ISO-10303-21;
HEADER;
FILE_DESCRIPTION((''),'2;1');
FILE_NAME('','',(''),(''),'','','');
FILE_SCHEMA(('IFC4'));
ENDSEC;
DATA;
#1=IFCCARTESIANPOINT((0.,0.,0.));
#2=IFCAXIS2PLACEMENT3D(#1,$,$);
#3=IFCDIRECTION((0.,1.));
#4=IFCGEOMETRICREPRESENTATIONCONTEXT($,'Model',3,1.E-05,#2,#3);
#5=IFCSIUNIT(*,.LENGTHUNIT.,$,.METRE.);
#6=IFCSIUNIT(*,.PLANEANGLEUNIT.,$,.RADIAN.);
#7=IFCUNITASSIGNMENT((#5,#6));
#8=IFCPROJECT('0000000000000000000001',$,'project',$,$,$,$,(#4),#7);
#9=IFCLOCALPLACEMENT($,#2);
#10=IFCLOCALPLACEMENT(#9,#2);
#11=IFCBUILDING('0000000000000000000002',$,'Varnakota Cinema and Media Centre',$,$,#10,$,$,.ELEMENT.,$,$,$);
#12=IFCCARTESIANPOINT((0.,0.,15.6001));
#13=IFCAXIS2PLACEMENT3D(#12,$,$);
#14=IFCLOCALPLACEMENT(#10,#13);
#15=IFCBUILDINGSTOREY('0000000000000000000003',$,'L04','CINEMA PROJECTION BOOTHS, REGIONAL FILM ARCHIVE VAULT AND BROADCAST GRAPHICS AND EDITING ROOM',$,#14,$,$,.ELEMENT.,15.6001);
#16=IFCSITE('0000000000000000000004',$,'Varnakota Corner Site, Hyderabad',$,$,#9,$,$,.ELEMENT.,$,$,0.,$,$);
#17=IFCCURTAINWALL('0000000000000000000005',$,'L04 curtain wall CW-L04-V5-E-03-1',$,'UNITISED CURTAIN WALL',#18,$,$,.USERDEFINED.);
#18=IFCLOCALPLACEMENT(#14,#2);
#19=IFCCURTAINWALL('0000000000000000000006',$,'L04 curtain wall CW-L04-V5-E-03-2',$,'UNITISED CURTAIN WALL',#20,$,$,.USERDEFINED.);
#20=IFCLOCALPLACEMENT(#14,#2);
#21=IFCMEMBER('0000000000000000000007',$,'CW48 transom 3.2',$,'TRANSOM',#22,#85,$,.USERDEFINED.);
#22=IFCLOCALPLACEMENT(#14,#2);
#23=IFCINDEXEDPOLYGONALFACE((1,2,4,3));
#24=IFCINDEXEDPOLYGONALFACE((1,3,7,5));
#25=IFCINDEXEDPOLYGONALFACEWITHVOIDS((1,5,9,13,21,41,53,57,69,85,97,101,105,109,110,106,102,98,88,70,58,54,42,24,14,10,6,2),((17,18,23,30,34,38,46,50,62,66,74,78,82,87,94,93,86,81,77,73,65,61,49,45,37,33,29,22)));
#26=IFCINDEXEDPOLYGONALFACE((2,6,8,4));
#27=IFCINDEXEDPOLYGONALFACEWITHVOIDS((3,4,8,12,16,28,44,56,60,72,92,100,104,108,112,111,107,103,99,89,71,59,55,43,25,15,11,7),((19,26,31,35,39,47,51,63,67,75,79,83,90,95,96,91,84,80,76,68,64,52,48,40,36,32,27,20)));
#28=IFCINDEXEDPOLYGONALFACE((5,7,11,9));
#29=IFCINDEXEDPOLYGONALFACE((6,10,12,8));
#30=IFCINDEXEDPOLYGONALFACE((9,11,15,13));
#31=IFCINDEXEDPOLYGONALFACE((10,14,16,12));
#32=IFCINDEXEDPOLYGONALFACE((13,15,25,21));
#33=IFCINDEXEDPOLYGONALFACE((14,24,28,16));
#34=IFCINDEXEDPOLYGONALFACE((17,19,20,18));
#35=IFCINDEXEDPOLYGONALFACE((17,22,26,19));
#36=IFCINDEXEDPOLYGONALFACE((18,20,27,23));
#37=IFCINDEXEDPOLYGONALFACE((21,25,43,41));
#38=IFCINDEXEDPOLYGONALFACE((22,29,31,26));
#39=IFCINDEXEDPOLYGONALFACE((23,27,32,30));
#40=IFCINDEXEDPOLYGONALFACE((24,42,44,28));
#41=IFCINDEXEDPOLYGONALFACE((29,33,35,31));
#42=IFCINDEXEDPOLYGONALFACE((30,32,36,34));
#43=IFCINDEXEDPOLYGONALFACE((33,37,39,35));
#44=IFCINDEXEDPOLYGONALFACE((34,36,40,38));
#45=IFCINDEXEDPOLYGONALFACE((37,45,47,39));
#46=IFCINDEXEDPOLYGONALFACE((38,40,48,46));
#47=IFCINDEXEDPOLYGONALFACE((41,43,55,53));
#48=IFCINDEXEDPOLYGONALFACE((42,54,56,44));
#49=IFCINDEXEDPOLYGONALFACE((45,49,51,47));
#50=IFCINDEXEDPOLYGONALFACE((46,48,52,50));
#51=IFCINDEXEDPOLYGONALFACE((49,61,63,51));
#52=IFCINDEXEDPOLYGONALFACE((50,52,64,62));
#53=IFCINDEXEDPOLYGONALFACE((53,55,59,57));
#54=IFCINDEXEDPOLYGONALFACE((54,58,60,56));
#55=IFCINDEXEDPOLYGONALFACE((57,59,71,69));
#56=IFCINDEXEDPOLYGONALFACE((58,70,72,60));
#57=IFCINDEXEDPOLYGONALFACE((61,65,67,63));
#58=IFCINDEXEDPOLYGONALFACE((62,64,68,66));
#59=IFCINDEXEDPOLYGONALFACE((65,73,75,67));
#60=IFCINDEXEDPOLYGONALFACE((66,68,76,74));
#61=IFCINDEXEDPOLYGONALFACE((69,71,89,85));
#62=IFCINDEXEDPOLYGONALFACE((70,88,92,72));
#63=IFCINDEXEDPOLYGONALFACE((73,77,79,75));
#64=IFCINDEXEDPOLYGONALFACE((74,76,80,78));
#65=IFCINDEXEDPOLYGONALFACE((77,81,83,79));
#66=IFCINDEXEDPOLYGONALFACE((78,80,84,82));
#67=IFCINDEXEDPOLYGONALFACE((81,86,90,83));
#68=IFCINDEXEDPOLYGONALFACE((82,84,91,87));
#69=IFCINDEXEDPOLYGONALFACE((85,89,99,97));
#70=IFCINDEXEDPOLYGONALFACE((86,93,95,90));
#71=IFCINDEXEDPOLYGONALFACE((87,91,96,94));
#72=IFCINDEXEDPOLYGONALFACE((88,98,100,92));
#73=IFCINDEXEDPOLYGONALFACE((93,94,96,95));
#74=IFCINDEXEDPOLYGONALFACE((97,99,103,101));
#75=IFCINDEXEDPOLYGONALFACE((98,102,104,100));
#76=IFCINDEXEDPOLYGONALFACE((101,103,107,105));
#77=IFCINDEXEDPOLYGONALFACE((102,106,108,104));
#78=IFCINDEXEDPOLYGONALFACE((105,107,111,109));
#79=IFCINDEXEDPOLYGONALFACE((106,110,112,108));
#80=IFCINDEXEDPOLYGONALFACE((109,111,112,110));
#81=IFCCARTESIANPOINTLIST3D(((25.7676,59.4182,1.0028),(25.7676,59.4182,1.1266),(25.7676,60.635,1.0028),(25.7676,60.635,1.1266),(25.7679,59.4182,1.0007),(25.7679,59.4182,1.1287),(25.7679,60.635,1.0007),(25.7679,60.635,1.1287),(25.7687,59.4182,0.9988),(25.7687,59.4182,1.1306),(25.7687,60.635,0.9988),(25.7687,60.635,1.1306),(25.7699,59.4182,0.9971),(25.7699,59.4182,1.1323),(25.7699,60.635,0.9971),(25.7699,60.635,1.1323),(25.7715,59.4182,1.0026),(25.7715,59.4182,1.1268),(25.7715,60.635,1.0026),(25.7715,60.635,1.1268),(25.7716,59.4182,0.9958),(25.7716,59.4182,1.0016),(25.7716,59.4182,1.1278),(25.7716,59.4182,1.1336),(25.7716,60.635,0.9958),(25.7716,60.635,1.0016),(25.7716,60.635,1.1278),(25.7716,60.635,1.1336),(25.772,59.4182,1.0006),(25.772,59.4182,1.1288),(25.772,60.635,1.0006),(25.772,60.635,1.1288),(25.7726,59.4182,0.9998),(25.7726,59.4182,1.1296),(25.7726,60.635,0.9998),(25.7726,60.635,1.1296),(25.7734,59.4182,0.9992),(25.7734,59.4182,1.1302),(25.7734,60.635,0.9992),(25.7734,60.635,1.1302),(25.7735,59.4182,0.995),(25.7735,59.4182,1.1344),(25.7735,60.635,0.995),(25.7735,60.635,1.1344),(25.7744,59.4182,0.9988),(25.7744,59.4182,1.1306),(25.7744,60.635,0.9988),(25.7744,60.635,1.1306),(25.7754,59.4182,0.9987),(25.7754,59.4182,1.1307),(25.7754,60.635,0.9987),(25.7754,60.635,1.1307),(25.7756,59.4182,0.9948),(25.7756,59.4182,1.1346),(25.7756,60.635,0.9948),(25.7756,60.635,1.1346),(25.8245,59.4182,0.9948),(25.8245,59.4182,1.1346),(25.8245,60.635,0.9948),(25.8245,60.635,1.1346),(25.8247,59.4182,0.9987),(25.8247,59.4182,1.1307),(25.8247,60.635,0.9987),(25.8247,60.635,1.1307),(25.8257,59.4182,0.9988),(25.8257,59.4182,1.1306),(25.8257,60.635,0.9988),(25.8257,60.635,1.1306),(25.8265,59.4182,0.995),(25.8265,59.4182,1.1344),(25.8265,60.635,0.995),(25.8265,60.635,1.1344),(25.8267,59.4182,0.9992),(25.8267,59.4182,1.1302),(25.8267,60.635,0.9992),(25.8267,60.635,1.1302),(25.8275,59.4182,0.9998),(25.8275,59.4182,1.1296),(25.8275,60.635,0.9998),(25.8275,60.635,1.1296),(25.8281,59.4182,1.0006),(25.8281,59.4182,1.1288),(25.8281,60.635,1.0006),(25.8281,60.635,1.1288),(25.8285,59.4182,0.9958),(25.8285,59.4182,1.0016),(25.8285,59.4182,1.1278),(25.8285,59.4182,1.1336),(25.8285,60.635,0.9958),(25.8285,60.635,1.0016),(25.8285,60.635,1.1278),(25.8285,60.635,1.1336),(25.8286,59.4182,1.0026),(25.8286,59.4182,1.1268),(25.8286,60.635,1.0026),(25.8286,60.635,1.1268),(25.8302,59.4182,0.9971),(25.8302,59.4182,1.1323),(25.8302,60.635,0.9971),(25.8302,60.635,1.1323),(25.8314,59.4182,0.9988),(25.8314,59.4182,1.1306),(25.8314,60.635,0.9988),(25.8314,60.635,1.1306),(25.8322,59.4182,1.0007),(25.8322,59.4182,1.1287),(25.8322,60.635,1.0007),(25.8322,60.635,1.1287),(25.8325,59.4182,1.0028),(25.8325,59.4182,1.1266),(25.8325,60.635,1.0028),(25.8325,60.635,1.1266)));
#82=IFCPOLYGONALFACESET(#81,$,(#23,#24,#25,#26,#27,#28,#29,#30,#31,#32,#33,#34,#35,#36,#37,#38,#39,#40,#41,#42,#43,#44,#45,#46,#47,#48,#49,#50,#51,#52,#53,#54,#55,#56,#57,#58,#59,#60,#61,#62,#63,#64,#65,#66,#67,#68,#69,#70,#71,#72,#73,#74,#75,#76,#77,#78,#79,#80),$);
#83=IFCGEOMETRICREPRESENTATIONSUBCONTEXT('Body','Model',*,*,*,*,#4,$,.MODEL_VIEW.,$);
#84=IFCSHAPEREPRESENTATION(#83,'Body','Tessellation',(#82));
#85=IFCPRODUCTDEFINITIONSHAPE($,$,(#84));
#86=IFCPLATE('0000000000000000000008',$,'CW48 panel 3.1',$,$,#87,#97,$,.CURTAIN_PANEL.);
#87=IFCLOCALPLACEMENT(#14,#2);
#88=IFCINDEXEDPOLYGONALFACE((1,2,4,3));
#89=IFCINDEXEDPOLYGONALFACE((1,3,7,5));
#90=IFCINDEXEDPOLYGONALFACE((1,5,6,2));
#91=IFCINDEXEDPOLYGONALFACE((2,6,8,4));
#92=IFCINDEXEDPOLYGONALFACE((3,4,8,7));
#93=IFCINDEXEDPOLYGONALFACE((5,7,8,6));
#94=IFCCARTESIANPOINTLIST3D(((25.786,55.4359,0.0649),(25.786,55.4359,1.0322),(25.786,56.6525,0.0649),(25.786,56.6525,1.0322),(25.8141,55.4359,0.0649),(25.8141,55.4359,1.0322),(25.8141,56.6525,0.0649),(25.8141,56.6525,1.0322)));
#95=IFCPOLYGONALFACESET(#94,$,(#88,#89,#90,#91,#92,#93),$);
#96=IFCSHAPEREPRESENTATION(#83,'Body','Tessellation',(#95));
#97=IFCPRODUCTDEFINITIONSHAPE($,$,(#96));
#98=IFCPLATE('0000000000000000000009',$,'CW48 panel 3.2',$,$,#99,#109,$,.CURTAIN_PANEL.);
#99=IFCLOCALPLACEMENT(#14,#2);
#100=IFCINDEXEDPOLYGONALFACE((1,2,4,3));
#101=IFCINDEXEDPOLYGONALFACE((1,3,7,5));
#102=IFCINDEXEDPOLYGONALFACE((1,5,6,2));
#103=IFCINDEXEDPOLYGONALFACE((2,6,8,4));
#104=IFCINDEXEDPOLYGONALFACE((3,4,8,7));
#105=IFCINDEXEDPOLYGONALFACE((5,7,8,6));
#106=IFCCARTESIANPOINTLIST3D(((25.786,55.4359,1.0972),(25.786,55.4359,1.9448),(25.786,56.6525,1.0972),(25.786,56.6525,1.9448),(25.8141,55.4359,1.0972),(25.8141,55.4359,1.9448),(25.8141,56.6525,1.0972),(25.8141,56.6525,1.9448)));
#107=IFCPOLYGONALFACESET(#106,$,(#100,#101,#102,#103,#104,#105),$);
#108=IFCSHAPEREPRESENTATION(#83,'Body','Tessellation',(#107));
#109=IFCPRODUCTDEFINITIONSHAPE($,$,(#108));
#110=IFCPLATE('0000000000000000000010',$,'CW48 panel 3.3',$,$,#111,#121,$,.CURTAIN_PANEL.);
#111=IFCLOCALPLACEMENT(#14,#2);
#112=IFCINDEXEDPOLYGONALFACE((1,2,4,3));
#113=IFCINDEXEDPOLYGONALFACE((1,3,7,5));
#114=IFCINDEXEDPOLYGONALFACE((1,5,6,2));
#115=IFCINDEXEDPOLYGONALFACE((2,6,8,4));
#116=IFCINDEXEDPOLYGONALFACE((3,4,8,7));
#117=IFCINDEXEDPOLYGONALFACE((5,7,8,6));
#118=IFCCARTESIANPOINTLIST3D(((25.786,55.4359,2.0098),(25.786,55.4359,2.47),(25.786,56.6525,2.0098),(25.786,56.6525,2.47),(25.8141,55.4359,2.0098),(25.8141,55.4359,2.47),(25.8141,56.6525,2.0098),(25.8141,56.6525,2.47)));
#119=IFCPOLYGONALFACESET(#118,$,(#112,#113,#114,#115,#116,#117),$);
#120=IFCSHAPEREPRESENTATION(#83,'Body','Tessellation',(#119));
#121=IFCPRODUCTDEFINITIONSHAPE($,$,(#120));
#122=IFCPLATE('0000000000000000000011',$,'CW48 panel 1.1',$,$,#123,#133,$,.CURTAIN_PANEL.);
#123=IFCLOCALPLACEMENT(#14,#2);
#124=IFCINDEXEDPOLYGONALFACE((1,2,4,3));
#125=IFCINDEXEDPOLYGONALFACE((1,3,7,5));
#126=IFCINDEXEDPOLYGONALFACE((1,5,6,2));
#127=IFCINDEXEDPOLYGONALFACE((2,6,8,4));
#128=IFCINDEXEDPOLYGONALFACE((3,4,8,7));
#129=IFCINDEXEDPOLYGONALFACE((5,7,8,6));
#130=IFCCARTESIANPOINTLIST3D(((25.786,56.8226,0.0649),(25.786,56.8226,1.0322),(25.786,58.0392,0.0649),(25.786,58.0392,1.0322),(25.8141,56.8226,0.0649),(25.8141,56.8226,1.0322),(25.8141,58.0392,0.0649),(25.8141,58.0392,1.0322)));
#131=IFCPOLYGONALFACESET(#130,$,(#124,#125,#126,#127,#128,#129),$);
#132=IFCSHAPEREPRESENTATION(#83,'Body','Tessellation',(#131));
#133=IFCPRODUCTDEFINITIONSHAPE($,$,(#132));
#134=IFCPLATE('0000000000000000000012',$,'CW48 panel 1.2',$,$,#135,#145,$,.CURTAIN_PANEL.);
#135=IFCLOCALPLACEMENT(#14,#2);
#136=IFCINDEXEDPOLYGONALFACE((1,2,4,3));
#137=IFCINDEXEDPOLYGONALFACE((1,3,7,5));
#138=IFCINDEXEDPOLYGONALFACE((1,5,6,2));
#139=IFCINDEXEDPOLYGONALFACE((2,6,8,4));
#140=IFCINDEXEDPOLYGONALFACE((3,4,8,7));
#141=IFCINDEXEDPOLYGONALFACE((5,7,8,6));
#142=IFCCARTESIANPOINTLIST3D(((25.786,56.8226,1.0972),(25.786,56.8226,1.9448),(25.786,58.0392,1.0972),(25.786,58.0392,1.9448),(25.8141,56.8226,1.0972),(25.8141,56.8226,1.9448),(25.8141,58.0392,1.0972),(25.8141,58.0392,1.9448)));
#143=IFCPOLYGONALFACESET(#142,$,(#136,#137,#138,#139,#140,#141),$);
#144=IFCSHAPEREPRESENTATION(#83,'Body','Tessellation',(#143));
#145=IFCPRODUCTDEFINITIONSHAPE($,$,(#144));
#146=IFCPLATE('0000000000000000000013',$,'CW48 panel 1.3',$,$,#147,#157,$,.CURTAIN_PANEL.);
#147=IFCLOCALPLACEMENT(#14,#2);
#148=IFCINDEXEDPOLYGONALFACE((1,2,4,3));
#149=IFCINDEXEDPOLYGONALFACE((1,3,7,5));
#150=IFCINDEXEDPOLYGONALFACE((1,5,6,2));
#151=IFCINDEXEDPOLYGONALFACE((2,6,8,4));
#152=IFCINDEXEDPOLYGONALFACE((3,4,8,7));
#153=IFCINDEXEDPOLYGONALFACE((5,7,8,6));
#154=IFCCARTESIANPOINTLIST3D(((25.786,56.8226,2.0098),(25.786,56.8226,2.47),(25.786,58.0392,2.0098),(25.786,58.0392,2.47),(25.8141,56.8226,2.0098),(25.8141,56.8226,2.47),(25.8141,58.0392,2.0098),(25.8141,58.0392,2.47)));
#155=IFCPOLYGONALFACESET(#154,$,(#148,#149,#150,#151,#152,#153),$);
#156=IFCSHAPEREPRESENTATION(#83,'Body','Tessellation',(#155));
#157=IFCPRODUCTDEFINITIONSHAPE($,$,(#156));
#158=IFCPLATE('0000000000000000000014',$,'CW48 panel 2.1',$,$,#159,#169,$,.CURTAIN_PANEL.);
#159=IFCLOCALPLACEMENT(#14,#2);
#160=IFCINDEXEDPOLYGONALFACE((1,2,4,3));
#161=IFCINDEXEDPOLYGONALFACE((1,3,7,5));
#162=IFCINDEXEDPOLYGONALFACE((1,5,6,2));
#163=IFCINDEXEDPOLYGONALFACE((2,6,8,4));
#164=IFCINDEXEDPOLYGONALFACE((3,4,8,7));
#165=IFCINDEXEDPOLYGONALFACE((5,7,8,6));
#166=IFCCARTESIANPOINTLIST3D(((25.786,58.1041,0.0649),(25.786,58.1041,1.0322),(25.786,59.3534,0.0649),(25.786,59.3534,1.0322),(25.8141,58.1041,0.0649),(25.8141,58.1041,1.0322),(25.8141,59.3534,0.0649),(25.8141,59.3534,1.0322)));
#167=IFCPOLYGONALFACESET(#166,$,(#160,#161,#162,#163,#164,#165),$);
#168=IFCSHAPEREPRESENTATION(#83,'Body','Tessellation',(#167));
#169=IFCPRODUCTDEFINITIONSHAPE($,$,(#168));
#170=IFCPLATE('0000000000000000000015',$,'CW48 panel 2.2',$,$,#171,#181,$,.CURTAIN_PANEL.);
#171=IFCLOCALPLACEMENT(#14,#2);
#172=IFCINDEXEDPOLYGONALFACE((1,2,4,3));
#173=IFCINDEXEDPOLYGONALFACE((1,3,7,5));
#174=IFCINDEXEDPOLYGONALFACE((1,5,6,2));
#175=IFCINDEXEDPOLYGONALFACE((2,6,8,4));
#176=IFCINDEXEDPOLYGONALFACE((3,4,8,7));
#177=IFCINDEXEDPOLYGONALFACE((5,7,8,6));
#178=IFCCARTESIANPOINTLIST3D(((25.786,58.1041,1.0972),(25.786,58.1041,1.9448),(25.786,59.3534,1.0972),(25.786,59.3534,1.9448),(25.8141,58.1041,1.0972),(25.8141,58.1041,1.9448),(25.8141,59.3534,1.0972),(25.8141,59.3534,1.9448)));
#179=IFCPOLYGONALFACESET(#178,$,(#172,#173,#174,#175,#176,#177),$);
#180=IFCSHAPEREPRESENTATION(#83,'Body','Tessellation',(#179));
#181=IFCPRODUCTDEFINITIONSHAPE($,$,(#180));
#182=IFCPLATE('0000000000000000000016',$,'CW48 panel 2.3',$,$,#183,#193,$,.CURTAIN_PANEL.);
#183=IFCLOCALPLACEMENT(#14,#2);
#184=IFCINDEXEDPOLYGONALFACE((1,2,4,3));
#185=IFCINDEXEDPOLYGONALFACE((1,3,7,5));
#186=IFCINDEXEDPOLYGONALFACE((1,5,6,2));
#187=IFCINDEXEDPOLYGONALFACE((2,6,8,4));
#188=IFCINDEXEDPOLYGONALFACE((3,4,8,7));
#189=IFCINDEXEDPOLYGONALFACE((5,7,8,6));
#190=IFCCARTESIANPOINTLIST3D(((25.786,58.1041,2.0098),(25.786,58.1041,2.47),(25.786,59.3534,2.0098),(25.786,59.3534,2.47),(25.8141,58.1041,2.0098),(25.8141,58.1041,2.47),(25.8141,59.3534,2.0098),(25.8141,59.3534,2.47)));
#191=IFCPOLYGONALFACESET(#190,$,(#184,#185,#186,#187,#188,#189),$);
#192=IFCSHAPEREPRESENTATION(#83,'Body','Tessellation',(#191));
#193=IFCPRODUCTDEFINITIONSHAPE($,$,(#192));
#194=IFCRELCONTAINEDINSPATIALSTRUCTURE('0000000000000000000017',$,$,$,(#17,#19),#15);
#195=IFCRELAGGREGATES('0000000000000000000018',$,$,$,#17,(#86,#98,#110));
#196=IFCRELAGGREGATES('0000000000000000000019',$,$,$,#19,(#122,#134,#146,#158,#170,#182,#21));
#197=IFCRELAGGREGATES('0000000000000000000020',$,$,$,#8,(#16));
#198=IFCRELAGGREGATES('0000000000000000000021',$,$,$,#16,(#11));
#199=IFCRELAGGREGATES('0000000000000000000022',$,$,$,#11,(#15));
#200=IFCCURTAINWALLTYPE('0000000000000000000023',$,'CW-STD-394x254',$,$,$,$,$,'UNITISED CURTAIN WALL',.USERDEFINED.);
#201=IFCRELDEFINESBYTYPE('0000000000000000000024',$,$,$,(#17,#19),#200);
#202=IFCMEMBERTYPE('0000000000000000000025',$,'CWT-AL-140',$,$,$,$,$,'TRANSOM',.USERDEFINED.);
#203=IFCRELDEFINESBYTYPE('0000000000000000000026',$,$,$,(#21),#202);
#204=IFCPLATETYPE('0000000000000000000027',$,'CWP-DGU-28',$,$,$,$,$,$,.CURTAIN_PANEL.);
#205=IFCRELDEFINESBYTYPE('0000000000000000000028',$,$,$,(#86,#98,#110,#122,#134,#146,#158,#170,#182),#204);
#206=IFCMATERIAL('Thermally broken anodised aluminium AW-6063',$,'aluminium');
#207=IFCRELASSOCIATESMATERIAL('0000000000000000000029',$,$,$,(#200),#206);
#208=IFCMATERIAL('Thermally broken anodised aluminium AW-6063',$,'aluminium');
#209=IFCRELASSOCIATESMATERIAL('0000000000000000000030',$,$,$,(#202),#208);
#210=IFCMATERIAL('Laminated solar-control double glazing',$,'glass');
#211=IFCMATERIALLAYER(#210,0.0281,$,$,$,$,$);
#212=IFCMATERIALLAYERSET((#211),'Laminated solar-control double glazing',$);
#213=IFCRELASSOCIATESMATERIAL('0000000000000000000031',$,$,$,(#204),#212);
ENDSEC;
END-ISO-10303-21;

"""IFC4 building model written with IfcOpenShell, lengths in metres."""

from ifc_helpers import new_model, si_unit, direction, frame, origin, origin_2d, place, context, subcontext, project, spatial, rectangle, hollow_rectangle, extrude, material, layer, layer_set, material_profile, profile_set, type_object, element, aggregate, save


model = new_model("IFC4")

# Units and contexts
model_context = context("Model", 3, precision=1e-05, world=origin(), true_north=direction((0.0, 1.0)))
body_context = subcontext(model_context, "Body", "Model", "MODEL_VIEW")
ifc_project = project(units=[si_unit("LENGTHUNIT", "METRE"), si_unit("PLANEANGLEUNIT", "RADIAN")], contexts=[model_context])

# Site, building, storey
site_placement = place(None, origin())
site = spatial("IfcSite", under=ifc_project, at=site_placement, Name="Varnakota Corner Site, Hyderabad", CompositionType="ELEMENT", RefElevation=0.0)
building_placement = place(site_placement, origin())
building = spatial("IfcBuilding", under=site, at=building_placement, Name="Varnakota Cinema and Media Centre", CompositionType="ELEMENT")
storey_placement = place(building_placement, frame((0.0, 0.0, 15.6001)))
storey = spatial("IfcBuildingStorey", under=building, at=storey_placement, Name="L04", Description="CINEMA PROJECTION BOOTHS, REGIONAL FILM ARCHIVE VAULT AND BROADCAST GRAPHICS AND EDITING ROOM", CompositionType="ELEMENT", Elevation=15.6001)

# Curtain walls
ifc_material_1 = material(Name="Thermally broken anodised aluminium AW-6063", Category="aluminium")
curtain_wall_type = type_object("IfcCurtainWallType", Name="CW-STD-394x254", ElementType="UNITISED CURTAIN WALL", PredefinedType="USERDEFINED", material=ifc_material_1)
curtain_wall_1_placement = place(storey_placement, origin())
curtain_wall_1 = element("IfcCurtainWall", 1, at=curtain_wall_1_placement, inside=storey, type_object=curtain_wall_type, Name="L04 curtain wall CW-L04-V5-E-03-1", ObjectType="UNITISED CURTAIN WALL", PredefinedType="USERDEFINED")
curtain_wall_2_placement = place(storey_placement, origin())
curtain_wall_2 = element("IfcCurtainWall", 2, at=curtain_wall_2_placement, inside=storey, type_object=curtain_wall_type, Name="L04 curtain wall CW-L04-V5-E-03-2", ObjectType="UNITISED CURTAIN WALL", PredefinedType="USERDEFINED")

# Member
ifc_material_2 = material(Name="Thermally broken anodised aluminium AW-6063", Category="aluminium")
ifc_material_profile_1 = material_profile(ifc_material_2, hollow_rectangle(XDim=0.0649, YDim=0.1399, WallThickness=0.0039, InnerFilletRadius=0.0039, OuterFilletRadius=0.0081, at=origin_2d()), Name="AL-TRANSOM 140x65x4")
ifc_profile_set_1 = profile_set([ifc_material_profile_1], Name="Thermally broken anodised aluminium AW-6063")
member_type_1 = type_object("IfcMemberType", Name="CWT-AL-140", ElementType="TRANSOM", PredefinedType="USERDEFINED", material=ifc_profile_set_1)
member_1_placement = place(storey_placement, frame((25.8, 59.4182, 1.0647), z_axis=(0.0, 1.0, 0.0), x_axis=(-1.0, 0.0, 0.0)))
member_1 = element("IfcMember", 3, at=member_1_placement, type_object=member_type_1, Name="CW48 transom 3.2", ObjectType="TRANSOM", PredefinedType="USERDEFINED", context=body_context, shape_type="SweptSolid", body=[
    extrude(hollow_rectangle(XDim=0.0649, YDim=0.1399, WallThickness=0.0039, InnerFilletRadius=0.0039, OuterFilletRadius=0.0081, at=origin_2d()), origin(), (0.0, 0.0, 1.0), 1.2168),
])

# Plates
ifc_material_3 = material(Name="Laminated solar-control double glazing", Category="glass")
ifc_layer_1 = layer(ifc_material_3, 0.0281)
ifc_layer_set_1 = layer_set([ifc_layer_1], Name="Laminated solar-control double glazing")
plate_type = type_object("IfcPlateType", Name="CWP-DGU-28", PredefinedType="CURTAIN_PANEL", material=ifc_layer_set_1)
plate_1_placement = place(storey_placement, frame((25.8, 56.0442, 0.0649), z_axis=(0.0, 0.0, 1.0), x_axis=(0.0, 1.0, 0.0)))
plate_1 = element("IfcPlate", 4, at=plate_1_placement, type_object=plate_type, Name="CW48 panel 3.1", PredefinedType="CURTAIN_PANEL", context=body_context, shape_type="SweptSolid", body=[
    extrude(rectangle(XDim=1.2166, YDim=0.0281, at=origin_2d()), origin(), (0.0, 0.0, 1.0), 0.9673),
])
plate_2_placement = place(storey_placement, frame((25.8, 56.0442, 1.0972), z_axis=(0.0, 0.0, 1.0), x_axis=(0.0, 1.0, 0.0)))
plate_2 = element("IfcPlate", 5, at=plate_2_placement, type_object=plate_type, Name="CW48 panel 3.2", PredefinedType="CURTAIN_PANEL", context=body_context, shape_type="SweptSolid", body=[
    extrude(rectangle(XDim=1.2166, YDim=0.0281, at=origin_2d()), origin(), (0.0, 0.0, 1.0), 0.8477),
])
plate_3_placement = place(storey_placement, frame((25.8, 56.0442, 2.0098), z_axis=(0.0, 0.0, 1.0), x_axis=(0.0, 1.0, 0.0)))
plate_3 = element("IfcPlate", 6, at=plate_3_placement, type_object=plate_type, Name="CW48 panel 3.3", PredefinedType="CURTAIN_PANEL", context=body_context, shape_type="SweptSolid", body=[
    extrude(rectangle(XDim=1.2166, YDim=0.0281, at=origin_2d()), origin(), (0.0, 0.0, 1.0), 0.4602),
])
aggregate(curtain_wall_1, [plate_1, plate_2, plate_3])
plate_4_placement = place(storey_placement, frame((25.8, 57.4309, 0.0649), z_axis=(0.0, 0.0, 1.0), x_axis=(0.0, 1.0, 0.0)))
plate_4 = element("IfcPlate", 7, at=plate_4_placement, type_object=plate_type, Name="CW48 panel 1.1", PredefinedType="CURTAIN_PANEL", context=body_context, shape_type="SweptSolid", body=[
    extrude(rectangle(XDim=1.2166, YDim=0.0281, at=origin_2d()), origin(), (0.0, 0.0, 1.0), 0.9673),
])
plate_5_placement = place(storey_placement, frame((25.8, 57.4309, 1.0972), z_axis=(0.0, 0.0, 1.0), x_axis=(0.0, 1.0, 0.0)))
plate_5 = element("IfcPlate", 8, at=plate_5_placement, type_object=plate_type, Name="CW48 panel 1.2", PredefinedType="CURTAIN_PANEL", context=body_context, shape_type="SweptSolid", body=[
    extrude(rectangle(XDim=1.2166, YDim=0.0281, at=origin_2d()), origin(), (0.0, 0.0, 1.0), 0.8477),
])
plate_6_placement = place(storey_placement, frame((25.8, 57.4309, 2.0098), z_axis=(0.0, 0.0, 1.0), x_axis=(0.0, 1.0, 0.0)))
plate_6 = element("IfcPlate", 9, at=plate_6_placement, type_object=plate_type, Name="CW48 panel 1.3", PredefinedType="CURTAIN_PANEL", context=body_context, shape_type="SweptSolid", body=[
    extrude(rectangle(XDim=1.2166, YDim=0.0281, at=origin_2d()), origin(), (0.0, 0.0, 1.0), 0.4602),
])
plate_7_placement = place(storey_placement, frame((25.8, 58.7288, 0.0649), z_axis=(0.0, 0.0, 1.0), x_axis=(0.0, 1.0, 0.0)))
plate_7 = element("IfcPlate", 10, at=plate_7_placement, type_object=plate_type, Name="CW48 panel 2.1", PredefinedType="CURTAIN_PANEL", context=body_context, shape_type="SweptSolid", body=[
    extrude(rectangle(XDim=1.2493, YDim=0.0281, at=origin_2d()), origin(), (0.0, 0.0, 1.0), 0.9673),
])
plate_8_placement = place(storey_placement, frame((25.8, 58.7288, 1.0972), z_axis=(0.0, 0.0, 1.0), x_axis=(0.0, 1.0, 0.0)))
plate_8 = element("IfcPlate", 11, at=plate_8_placement, type_object=plate_type, Name="CW48 panel 2.2", PredefinedType="CURTAIN_PANEL", context=body_context, shape_type="SweptSolid", body=[
    extrude(rectangle(XDim=1.2493, YDim=0.0281, at=origin_2d()), origin(), (0.0, 0.0, 1.0), 0.8477),
])
plate_9_placement = place(storey_placement, frame((25.8, 58.7288, 2.0098), z_axis=(0.0, 0.0, 1.0), x_axis=(0.0, 1.0, 0.0)))
plate_9 = element("IfcPlate", 12, at=plate_9_placement, type_object=plate_type, Name="CW48 panel 2.3", PredefinedType="CURTAIN_PANEL", context=body_context, shape_type="SweptSolid", body=[
    extrude(rectangle(XDim=1.2493, YDim=0.0281, at=origin_2d()), origin(), (0.0, 0.0, 1.0), 0.4602),
])
aggregate(curtain_wall_2, [plate_4, plate_5, plate_6, plate_7, plate_8, plate_9, member_1])

save(model, "model.ifc")
